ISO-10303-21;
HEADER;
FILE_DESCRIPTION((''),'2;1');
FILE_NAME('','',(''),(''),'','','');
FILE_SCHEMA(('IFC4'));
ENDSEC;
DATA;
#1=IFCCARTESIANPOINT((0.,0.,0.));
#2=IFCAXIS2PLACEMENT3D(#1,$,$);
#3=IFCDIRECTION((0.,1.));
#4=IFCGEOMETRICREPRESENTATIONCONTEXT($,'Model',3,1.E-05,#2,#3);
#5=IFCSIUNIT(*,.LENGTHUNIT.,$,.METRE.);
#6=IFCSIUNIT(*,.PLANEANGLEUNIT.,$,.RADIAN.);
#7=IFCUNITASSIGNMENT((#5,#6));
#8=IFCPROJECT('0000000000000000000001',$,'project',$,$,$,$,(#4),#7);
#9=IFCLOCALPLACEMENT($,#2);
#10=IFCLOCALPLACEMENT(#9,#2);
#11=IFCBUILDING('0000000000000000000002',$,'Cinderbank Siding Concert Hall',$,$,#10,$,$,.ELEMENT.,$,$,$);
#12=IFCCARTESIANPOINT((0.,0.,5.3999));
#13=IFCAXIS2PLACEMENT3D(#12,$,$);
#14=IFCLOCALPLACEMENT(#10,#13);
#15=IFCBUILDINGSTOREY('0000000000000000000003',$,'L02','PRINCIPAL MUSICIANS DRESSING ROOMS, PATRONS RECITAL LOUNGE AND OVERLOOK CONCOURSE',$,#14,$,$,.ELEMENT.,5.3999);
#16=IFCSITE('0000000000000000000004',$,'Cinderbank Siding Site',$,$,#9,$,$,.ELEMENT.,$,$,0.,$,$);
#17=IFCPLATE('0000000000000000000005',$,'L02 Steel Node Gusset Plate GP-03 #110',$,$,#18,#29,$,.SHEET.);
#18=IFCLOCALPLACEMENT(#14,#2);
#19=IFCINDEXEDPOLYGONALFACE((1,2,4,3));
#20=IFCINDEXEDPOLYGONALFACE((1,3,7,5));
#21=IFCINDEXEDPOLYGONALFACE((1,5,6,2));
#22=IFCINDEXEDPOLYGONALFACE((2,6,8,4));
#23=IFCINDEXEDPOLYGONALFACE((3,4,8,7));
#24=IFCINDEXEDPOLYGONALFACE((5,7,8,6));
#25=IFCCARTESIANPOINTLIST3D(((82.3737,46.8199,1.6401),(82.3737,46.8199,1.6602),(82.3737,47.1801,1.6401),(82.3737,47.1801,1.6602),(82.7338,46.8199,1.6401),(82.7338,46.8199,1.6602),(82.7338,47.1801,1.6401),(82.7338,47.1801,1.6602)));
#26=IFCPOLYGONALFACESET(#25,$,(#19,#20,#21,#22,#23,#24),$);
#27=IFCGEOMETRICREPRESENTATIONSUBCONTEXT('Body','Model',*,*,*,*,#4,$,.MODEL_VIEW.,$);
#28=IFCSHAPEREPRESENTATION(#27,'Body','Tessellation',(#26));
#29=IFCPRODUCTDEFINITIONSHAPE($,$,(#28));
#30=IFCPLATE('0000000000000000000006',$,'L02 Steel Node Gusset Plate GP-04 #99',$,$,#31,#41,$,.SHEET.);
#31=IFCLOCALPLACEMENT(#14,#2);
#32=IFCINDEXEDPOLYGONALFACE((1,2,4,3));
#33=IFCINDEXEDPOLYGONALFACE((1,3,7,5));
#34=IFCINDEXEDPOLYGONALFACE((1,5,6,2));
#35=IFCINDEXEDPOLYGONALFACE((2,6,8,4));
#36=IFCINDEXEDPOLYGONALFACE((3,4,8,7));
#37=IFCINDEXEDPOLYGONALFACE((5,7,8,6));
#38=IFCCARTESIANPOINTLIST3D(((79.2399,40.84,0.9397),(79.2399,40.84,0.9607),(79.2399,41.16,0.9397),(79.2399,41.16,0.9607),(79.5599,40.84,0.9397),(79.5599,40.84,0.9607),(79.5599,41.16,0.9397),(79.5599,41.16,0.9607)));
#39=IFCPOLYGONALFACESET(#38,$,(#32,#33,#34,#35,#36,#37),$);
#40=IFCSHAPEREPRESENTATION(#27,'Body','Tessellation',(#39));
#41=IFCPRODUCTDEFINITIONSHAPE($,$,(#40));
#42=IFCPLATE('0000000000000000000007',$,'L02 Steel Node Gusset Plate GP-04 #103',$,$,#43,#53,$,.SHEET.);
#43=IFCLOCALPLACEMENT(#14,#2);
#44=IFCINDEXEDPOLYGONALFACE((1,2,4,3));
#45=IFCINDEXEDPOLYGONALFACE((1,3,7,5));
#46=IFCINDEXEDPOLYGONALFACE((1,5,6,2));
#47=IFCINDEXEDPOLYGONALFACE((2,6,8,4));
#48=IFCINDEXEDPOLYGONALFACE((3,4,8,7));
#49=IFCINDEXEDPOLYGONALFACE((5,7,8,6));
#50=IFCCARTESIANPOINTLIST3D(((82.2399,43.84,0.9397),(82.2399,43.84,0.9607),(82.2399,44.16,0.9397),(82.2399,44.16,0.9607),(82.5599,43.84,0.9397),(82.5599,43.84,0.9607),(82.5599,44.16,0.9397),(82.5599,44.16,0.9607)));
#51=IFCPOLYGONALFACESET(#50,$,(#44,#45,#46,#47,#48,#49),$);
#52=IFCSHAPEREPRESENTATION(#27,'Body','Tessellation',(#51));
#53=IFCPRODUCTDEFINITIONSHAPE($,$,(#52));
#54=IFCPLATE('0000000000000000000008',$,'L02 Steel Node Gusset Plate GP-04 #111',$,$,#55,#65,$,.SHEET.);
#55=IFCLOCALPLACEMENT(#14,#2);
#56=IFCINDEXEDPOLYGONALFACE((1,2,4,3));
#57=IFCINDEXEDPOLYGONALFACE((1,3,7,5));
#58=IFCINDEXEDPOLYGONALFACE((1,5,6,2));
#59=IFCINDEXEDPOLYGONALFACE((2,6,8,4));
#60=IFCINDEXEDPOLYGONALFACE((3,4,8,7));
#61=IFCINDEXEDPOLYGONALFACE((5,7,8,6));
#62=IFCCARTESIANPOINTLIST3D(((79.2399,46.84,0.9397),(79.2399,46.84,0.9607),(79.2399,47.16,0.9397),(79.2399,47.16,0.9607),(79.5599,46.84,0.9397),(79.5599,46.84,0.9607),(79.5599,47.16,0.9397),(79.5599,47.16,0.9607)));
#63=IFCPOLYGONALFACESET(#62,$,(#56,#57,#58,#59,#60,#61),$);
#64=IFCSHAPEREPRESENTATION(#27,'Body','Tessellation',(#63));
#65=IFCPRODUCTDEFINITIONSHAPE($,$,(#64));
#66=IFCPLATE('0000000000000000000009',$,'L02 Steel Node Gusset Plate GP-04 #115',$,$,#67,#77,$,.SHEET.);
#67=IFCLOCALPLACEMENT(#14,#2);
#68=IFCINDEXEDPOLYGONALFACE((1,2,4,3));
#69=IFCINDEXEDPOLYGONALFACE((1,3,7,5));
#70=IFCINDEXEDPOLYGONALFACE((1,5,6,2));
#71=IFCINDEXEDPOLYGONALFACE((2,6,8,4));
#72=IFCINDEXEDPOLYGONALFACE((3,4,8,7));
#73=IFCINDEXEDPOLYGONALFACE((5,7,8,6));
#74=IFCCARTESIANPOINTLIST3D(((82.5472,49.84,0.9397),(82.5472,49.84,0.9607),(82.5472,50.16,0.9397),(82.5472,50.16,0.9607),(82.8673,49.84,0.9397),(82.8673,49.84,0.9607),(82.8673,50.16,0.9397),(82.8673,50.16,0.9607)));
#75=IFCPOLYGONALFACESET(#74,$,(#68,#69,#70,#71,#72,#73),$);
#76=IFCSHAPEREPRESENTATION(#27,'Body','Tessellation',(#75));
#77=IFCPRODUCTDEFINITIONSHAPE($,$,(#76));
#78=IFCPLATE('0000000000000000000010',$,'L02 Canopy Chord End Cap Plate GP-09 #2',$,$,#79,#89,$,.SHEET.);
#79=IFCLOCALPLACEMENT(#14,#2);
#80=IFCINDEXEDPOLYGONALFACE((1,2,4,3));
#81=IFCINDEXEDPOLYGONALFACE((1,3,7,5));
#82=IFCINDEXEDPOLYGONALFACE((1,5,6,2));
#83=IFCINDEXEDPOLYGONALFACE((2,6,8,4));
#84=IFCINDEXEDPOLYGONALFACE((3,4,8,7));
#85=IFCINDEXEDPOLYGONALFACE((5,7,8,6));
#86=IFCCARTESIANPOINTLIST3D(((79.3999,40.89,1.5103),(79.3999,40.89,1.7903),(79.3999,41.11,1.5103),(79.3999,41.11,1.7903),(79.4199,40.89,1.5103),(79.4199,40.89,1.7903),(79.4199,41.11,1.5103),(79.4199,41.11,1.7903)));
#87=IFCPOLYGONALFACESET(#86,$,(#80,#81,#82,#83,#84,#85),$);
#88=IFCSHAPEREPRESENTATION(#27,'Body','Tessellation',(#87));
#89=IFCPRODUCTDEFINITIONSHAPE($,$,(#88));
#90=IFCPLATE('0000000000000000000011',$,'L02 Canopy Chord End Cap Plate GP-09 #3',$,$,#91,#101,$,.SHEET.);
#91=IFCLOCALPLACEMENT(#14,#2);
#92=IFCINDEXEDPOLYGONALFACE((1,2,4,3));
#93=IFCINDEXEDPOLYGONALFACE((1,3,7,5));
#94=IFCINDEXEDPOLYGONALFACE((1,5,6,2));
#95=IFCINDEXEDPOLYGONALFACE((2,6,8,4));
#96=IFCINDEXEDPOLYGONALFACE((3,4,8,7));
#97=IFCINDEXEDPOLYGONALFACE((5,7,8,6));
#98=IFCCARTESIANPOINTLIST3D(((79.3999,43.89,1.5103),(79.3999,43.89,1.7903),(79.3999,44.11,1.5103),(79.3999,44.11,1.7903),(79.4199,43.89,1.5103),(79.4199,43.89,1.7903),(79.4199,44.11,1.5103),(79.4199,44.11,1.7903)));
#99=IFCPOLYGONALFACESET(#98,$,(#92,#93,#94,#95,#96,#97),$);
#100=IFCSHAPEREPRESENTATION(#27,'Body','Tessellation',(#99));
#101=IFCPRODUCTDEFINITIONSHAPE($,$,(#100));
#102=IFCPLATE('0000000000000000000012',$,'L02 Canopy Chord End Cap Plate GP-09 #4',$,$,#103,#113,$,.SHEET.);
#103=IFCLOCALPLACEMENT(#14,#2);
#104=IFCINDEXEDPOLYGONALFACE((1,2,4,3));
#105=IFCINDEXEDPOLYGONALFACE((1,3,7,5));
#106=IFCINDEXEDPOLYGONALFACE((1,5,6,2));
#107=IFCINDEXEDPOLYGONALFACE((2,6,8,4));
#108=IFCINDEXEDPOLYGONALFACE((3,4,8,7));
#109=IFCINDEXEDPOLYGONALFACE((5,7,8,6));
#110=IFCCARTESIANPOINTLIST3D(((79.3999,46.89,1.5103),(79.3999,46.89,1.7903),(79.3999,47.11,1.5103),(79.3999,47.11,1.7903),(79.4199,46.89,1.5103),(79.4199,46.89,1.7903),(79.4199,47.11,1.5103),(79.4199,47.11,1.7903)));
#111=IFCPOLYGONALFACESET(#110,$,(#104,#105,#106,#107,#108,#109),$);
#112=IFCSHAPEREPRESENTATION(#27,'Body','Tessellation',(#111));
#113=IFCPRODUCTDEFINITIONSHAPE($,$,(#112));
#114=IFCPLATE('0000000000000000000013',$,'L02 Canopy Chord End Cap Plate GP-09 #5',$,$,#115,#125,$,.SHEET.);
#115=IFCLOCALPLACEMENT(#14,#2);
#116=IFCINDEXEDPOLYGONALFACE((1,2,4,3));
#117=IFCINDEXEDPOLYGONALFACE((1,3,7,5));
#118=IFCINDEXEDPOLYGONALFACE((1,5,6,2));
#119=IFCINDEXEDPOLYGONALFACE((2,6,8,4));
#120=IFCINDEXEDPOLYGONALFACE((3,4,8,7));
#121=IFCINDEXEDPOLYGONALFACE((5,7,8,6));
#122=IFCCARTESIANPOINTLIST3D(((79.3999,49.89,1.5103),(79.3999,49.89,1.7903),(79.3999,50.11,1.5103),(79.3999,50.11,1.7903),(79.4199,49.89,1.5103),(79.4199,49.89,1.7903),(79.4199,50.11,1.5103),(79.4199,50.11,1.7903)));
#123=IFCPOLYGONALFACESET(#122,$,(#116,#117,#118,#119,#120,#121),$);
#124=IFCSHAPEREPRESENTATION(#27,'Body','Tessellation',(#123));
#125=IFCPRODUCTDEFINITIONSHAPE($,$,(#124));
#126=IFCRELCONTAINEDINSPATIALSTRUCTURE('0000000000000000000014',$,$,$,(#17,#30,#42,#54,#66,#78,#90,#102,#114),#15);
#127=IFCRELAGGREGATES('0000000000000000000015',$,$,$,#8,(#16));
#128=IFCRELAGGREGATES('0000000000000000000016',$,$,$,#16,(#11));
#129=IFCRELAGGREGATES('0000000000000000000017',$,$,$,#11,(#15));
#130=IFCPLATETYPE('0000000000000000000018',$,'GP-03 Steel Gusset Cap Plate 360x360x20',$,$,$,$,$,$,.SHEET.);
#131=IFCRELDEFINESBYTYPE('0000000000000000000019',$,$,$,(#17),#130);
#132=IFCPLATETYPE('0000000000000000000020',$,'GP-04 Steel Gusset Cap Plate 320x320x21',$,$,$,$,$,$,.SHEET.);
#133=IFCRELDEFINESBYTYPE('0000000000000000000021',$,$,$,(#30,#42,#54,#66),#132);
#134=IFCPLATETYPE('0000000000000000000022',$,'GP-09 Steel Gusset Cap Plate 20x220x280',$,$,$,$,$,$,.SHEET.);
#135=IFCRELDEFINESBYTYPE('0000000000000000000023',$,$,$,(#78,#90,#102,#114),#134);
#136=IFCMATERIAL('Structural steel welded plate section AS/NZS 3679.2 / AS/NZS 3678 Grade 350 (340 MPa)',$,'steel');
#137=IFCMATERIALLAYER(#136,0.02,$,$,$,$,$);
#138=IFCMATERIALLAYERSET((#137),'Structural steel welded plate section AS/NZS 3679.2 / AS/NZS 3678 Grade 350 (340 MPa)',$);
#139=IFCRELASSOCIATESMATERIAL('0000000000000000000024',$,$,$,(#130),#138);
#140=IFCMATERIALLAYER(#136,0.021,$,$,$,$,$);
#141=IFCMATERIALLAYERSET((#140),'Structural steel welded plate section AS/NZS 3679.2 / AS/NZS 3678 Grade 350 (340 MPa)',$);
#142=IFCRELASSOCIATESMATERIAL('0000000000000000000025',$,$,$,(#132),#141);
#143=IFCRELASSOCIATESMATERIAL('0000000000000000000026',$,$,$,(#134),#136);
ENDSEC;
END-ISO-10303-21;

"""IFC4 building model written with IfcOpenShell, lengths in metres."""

from ifc_helpers import new_model, si_unit, direction, frame, origin, origin_2d, place, context, subcontext, project, spatial, rectangle, extrude, material, layer, layer_set, type_object, element, save


model = new_model("IFC4")

# Units and contexts
model_context = context("Model", 3, precision=1e-05, world=origin(), true_north=direction((0.0, 1.0)))
body_context = subcontext(model_context, "Body", "Model", "MODEL_VIEW")
ifc_project = project(units=[si_unit("LENGTHUNIT", "METRE"), si_unit("PLANEANGLEUNIT", "RADIAN")], contexts=[model_context])

# Site, building, storey
site_placement = place(None, origin())
site = spatial("IfcSite", under=ifc_project, at=site_placement, Name="Cinderbank Siding Site", CompositionType="ELEMENT", RefElevation=0.0)
building_placement = place(site_placement, origin())
building = spatial("IfcBuilding", under=site, at=building_placement, Name="Cinderbank Siding Concert Hall", CompositionType="ELEMENT")
storey_placement = place(building_placement, frame((0.0, 0.0, 5.3999)))
storey = spatial("IfcBuildingStorey", under=building, at=storey_placement, Name="L02", Description="PRINCIPAL MUSICIANS DRESSING ROOMS, PATRONS RECITAL LOUNGE AND OVERLOOK CONCOURSE", CompositionType="ELEMENT", Elevation=5.3999)

# Shared definitions
ifc_material_1 = material(Name="Structural steel welded plate section AS/NZS 3679.2 / AS/NZS 3678 Grade 350 (340 MPa)", Category="steel")

# Plates
ifc_layer_1 = layer(ifc_material_1, 0.02)
ifc_layer_set_1 = layer_set([ifc_layer_1], Name="Structural steel welded plate section AS/NZS 3679.2 / AS/NZS 3678 Grade 350 (340 MPa)")
plate_type_1 = type_object("IfcPlateType", Name="GP-03 Steel Gusset Cap Plate 360x360x20", PredefinedType="SHEET", material=ifc_layer_set_1)
for number, where, z_axis, x_axis, name in (
    (1, (82.5537, 47.0, 1.6401), (0.0, 0.0, 1.0), (-1.0, 0.0, 0.0), "L02 Steel Node Gusset Plate GP-03 #110"),
):
    element("IfcPlate", number, at=place(storey_placement, frame(where, z_axis=z_axis, x_axis=x_axis)), inside=storey, type_object=plate_type_1, Name=name, PredefinedType="SHEET", context=body_context, shape_type="SweptSolid", body=[
        extrude(rectangle(XDim=0.3601, YDim=0.3601, at=origin_2d()), origin(), (0.0, 0.0, 1.0), 0.02),
    ])
ifc_layer_2 = layer(ifc_material_1, 0.021)
ifc_layer_set_2 = layer_set([ifc_layer_2], Name="Structural steel welded plate section AS/NZS 3679.2 / AS/NZS 3678 Grade 350 (340 MPa)")
plate_type_2 = type_object("IfcPlateType", Name="GP-04 Steel Gusset Cap Plate 320x320x21", PredefinedType="SHEET", material=ifc_layer_set_2)
for number, where, z_axis, x_axis, name in (
    (2, (79.3999, 41.0, 0.9397), (0.0, 0.0, 1.0), (-1.0, 0.0, 0.0), "L02 Steel Node Gusset Plate GP-04 #99"),
    (3, (82.3999, 44.0, 0.9397), (0.0, 0.0, 1.0), (-1.0, 0.0, 0.0), "L02 Steel Node Gusset Plate GP-04 #103"),
    (4, (79.3999, 47.0, 0.9397), (0.0, 0.0, 1.0), (-1.0, 0.0, 0.0), "L02 Steel Node Gusset Plate GP-04 #111"),
    (5, (82.7073, 50.0, 0.9397), (0.0, 0.0, 1.0), (-1.0, 0.0, 0.0), "L02 Steel Node Gusset Plate GP-04 #115"),
):
    element("IfcPlate", number, at=place(storey_placement, frame(where, z_axis=z_axis, x_axis=x_axis)), inside=storey, type_object=plate_type_2, Name=name, PredefinedType="SHEET", context=body_context, shape_type="SweptSolid", body=[
        extrude(rectangle(XDim=0.3201, YDim=0.3201, at=origin_2d()), origin(), (0.0, 0.0, 1.0), 0.021),
    ])
plate_type_3 = type_object("IfcPlateType", Name="GP-09 Steel Gusset Cap Plate 20x220x280", PredefinedType="SHEET", material=ifc_material_1)
for number, where, z_axis, x_axis, name in (
    (6, (79.4099, 41.0, 1.5103), (0.0, 0.0, 1.0), (1.0, 0.0, 0.0), "L02 Canopy Chord End Cap Plate GP-09 #2"),
    (7, (79.4099, 44.0, 1.5103), (0.0, 0.0, 1.0), (1.0, 0.0, 0.0), "L02 Canopy Chord End Cap Plate GP-09 #3"),
    (8, (79.4099, 47.0, 1.5103), (0.0, 0.0, 1.0), (1.0, 0.0, 0.0), "L02 Canopy Chord End Cap Plate GP-09 #4"),
    (9, (79.4099, 50.0, 1.5103), (0.0, 0.0, 1.0), (1.0, 0.0, 0.0), "L02 Canopy Chord End Cap Plate GP-09 #5"),
):
    element("IfcPlate", number, at=place(storey_placement, frame(where, z_axis=z_axis, x_axis=x_axis)), inside=storey, type_object=plate_type_3, Name=name, PredefinedType="SHEET", context=body_context, shape_type="SweptSolid", body=[
        extrude(rectangle(XDim=0.02, YDim=0.22, at=origin_2d()), origin(), (0.0, 0.0, 1.0), 0.28),
    ])

save(model, "model.ifc")
